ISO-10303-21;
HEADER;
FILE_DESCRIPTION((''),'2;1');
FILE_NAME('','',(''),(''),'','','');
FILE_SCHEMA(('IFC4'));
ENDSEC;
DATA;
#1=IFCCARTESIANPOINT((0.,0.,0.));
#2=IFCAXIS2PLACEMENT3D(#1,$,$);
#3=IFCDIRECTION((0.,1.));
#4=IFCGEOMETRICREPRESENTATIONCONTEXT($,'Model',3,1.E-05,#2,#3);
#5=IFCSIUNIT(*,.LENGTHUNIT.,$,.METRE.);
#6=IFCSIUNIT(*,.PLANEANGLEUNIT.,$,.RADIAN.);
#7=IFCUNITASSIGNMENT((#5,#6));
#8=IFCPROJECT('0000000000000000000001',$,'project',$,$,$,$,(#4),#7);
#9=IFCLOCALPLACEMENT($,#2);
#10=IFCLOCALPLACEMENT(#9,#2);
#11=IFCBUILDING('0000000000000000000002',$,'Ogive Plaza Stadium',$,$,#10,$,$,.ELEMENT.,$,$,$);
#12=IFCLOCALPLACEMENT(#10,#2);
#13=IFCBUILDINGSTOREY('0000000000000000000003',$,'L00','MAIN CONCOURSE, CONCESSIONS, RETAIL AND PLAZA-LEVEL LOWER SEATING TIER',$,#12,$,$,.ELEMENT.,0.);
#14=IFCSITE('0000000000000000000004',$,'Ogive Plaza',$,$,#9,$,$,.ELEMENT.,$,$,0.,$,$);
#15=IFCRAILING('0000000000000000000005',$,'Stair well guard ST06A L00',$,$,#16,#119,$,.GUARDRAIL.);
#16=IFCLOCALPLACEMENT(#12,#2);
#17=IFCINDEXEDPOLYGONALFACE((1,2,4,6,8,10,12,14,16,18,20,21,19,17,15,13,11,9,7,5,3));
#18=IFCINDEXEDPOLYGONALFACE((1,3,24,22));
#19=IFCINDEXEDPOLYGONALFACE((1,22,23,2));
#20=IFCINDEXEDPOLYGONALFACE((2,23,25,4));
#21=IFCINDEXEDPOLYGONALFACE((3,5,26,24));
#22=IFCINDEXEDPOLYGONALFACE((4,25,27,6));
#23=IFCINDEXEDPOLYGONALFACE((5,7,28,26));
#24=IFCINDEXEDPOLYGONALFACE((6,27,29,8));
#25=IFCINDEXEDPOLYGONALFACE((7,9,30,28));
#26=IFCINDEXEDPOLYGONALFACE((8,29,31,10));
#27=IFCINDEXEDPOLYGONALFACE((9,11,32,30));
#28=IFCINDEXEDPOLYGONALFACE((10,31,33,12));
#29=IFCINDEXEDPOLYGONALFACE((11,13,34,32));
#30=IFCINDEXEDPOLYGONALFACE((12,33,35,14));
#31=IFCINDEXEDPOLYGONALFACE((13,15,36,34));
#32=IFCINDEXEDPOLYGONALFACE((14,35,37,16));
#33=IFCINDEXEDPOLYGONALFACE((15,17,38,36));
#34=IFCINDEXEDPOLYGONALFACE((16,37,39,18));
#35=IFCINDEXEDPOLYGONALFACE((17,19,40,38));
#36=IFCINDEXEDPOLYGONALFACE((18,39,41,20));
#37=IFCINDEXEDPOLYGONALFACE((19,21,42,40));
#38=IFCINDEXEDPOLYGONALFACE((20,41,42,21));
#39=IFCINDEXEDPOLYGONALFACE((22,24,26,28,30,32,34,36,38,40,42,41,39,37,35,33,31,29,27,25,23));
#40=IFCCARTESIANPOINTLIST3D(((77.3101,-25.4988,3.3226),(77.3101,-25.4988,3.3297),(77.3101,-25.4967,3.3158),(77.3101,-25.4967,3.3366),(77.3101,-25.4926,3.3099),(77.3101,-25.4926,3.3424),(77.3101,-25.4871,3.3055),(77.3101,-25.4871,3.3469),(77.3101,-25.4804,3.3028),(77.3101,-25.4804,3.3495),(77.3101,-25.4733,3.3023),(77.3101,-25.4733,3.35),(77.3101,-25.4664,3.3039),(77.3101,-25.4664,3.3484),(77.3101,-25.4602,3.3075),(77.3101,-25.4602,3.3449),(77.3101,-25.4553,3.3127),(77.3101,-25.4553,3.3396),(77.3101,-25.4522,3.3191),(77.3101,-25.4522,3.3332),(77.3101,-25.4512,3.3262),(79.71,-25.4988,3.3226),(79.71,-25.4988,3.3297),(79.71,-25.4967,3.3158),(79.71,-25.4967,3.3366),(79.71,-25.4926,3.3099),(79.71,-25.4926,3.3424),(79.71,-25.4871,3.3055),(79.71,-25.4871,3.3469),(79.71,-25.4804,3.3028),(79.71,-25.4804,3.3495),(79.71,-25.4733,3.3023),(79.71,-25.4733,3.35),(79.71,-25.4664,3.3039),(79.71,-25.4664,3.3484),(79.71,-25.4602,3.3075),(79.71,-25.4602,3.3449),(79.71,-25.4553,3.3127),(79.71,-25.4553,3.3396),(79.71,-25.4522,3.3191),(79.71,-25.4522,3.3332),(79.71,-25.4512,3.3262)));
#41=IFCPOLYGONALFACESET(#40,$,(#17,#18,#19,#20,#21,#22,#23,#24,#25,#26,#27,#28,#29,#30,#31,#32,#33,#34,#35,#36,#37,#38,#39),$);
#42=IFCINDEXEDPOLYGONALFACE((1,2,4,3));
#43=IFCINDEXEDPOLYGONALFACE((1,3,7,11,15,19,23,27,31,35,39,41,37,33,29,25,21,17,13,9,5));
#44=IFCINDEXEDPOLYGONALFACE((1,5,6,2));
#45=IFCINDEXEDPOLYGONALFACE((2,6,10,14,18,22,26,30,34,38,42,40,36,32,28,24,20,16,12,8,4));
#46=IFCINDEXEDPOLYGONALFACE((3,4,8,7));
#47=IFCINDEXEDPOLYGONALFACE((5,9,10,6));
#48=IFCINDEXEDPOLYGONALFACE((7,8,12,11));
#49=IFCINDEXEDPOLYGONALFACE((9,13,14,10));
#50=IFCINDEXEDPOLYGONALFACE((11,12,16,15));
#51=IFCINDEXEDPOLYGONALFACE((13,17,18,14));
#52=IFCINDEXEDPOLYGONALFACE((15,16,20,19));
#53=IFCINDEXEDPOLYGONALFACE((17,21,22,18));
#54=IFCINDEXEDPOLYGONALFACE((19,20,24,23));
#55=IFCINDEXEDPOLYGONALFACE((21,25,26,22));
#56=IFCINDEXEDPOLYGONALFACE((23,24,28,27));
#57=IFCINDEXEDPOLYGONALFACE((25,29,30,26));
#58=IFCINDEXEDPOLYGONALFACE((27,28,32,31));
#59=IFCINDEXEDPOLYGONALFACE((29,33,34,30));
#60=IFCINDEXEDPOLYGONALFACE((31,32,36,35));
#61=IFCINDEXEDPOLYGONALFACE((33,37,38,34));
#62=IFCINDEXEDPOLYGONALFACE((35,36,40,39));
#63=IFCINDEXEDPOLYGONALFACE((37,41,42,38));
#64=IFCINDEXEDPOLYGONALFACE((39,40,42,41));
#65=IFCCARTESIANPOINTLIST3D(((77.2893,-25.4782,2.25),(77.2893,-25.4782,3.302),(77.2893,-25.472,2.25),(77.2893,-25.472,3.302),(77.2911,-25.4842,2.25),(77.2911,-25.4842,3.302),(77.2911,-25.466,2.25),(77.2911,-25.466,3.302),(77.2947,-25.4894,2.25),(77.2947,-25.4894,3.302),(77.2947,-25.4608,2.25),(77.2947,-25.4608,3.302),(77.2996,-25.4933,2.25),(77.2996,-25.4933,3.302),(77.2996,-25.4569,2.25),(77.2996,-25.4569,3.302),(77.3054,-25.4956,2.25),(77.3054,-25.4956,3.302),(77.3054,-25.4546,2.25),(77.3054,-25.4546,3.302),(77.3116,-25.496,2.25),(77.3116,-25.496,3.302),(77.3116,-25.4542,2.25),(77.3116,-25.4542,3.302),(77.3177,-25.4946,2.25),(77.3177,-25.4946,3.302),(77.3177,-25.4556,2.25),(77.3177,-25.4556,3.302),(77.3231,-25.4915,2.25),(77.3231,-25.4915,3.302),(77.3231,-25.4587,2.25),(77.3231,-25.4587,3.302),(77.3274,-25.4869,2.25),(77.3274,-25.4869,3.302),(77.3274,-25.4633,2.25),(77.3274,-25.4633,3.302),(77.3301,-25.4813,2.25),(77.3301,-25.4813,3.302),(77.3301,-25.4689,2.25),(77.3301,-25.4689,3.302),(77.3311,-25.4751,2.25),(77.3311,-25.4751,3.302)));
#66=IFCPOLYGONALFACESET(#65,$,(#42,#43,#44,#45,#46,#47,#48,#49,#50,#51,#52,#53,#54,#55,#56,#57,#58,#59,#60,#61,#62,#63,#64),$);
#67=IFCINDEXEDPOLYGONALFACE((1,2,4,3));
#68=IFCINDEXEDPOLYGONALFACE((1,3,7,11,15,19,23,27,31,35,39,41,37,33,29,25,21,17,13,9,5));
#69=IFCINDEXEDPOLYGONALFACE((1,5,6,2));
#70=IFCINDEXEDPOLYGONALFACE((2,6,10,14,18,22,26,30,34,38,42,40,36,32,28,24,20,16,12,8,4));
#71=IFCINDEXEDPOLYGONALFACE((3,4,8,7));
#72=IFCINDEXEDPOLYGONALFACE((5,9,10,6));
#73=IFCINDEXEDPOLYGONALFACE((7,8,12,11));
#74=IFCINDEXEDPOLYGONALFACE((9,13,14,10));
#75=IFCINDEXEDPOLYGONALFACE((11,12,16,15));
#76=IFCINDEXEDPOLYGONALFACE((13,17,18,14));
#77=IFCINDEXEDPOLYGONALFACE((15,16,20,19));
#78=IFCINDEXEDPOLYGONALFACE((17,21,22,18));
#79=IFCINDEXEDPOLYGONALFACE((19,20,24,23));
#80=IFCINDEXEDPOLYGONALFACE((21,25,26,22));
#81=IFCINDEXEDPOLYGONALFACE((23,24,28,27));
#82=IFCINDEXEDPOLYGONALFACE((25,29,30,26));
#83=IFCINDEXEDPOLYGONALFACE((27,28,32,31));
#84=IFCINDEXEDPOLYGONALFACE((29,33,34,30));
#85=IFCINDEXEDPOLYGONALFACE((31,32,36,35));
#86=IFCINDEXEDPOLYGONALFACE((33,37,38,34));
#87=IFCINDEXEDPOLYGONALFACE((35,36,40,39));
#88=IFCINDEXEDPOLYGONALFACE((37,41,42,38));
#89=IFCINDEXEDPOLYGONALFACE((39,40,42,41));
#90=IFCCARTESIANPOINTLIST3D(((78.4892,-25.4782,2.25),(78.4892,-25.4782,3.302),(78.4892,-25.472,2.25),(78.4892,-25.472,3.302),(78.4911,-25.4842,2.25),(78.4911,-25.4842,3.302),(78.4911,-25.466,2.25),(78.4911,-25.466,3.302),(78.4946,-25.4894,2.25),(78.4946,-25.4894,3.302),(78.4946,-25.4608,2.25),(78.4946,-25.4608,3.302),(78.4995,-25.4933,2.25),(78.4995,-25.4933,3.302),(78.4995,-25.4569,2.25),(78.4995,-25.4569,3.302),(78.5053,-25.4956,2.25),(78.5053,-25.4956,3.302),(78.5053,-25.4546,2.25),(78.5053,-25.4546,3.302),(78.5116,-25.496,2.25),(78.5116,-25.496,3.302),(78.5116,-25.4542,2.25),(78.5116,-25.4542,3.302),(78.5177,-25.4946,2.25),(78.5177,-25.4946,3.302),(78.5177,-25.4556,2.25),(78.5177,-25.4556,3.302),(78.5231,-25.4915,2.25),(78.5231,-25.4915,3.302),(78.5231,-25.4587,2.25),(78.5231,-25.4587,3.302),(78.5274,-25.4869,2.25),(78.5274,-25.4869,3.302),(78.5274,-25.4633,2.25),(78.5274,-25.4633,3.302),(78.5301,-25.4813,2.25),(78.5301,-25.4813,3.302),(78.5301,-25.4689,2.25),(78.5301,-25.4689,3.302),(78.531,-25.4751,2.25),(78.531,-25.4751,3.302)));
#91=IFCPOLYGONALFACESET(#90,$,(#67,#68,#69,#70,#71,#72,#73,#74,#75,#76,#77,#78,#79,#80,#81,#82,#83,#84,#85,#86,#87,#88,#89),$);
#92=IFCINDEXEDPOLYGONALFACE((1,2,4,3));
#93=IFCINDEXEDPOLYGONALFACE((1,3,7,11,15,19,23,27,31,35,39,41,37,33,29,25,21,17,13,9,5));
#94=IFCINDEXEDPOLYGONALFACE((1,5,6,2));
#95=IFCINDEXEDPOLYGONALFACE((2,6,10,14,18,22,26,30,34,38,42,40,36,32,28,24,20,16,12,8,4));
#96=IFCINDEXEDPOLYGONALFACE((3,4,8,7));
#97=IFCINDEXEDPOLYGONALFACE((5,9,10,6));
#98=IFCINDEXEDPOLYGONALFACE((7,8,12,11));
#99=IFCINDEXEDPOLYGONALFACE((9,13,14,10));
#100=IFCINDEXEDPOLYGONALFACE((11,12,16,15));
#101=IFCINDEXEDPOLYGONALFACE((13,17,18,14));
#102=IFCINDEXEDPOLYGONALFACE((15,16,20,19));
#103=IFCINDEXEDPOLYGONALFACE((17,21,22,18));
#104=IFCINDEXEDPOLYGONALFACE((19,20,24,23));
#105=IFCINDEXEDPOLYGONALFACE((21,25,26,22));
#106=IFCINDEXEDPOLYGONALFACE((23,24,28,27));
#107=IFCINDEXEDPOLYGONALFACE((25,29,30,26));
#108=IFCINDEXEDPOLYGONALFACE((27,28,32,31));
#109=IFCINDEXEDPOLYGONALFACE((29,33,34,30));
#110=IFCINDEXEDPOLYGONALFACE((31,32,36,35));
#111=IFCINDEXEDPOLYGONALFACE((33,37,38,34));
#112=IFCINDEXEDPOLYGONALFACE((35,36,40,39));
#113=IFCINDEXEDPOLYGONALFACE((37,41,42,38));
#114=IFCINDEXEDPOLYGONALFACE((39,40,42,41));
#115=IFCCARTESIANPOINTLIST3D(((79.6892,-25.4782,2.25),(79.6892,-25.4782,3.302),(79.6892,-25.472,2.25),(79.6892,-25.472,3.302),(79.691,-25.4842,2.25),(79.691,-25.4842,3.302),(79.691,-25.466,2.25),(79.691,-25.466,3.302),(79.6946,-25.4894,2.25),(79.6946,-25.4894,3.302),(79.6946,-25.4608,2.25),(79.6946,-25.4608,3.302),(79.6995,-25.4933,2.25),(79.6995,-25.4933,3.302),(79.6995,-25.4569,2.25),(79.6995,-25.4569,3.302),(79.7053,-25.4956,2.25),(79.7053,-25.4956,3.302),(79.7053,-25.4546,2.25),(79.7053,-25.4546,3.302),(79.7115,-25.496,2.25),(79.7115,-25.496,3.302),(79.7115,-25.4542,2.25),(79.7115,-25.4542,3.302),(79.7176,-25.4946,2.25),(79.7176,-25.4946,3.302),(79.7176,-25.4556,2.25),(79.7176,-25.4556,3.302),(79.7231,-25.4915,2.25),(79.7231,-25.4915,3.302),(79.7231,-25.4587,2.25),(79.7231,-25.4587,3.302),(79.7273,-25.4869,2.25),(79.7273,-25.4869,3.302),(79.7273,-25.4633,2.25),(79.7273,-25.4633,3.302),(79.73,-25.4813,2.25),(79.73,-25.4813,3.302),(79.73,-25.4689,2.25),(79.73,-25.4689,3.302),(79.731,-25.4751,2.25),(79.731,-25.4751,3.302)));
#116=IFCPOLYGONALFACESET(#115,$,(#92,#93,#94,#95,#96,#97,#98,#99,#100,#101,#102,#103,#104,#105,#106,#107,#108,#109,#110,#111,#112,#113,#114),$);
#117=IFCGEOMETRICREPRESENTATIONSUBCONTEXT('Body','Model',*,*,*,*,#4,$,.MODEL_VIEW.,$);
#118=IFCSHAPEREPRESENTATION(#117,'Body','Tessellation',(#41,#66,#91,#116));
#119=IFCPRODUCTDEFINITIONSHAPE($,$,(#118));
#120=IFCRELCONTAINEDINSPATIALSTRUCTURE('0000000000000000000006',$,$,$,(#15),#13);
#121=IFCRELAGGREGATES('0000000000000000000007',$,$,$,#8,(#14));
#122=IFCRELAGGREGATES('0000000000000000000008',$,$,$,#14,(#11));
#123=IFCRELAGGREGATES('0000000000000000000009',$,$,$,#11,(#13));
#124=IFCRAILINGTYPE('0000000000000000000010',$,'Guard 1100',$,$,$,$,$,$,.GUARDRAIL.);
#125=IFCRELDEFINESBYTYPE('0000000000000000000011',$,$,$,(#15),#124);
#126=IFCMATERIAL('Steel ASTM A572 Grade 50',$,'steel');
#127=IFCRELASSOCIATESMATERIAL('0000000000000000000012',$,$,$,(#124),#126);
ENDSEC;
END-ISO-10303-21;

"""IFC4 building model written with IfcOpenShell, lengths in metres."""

from ifc_helpers import new_model, si_unit, direction, frame, origin, origin_2d, place, context, subcontext, project, spatial, circle, extrude, material, type_object, element, save


model = new_model("IFC4")

# Units and contexts
model_context = context("Model", 3, precision=1e-05, world=origin(), true_north=direction((0.0, 1.0)))
body_context = subcontext(model_context, "Body", "Model", "MODEL_VIEW")
ifc_project = project(units=[si_unit("LENGTHUNIT", "METRE"), si_unit("PLANEANGLEUNIT", "RADIAN")], contexts=[model_context])

# Site, building, storey
site_placement = place(None, origin())
site = spatial("IfcSite", under=ifc_project, at=site_placement, Name="Ogive Plaza", CompositionType="ELEMENT", RefElevation=0.0)
building_placement = place(site_placement, origin())
building = spatial("IfcBuilding", under=site, at=building_placement, Name="Ogive Plaza Stadium", CompositionType="ELEMENT")
storey_placement = place(building_placement, origin())
storey = spatial("IfcBuildingStorey", under=building, at=storey_placement, Name="L00", Description="MAIN CONCOURSE, CONCESSIONS, RETAIL AND PLAZA-LEVEL LOWER SEATING TIER", CompositionType="ELEMENT", Elevation=0.0)

# Railing
ifc_material_1 = material(Name="Steel ASTM A572 Grade 50", Category="steel")
railing_type_1 = type_object("IfcRailingType", Name="Guard 1100", PredefinedType="GUARDRAIL", material=ifc_material_1)
for number, where, name in (
    (1, (77.3101, -25.4751, 2.25), "Stair well guard ST06A L00"),
):
    element("IfcRailing", number, at=place(storey_placement, frame(where)), inside=storey, type_object=railing_type_1, Name=name, PredefinedType="GUARDRAIL", context=body_context, shape_type="SweptSolid", body=[
        extrude(circle(Radius=0.0239, at=origin_2d()), frame((0.0, 0.0, 1.0762), z_axis=(1.0, 0.0, 0.0), x_axis=(0.0, 1.0, 0.0)), (0.0, 0.0, 1.0), 2.3999),
        extrude(circle(Radius=0.021, at=origin_2d()), origin(), (0.0, 0.0, 1.0), 1.052),
        extrude(circle(Radius=0.021, at=origin_2d()), frame((1.2, 0.0, 0.0)), (0.0, 0.0, 1.0), 1.052),
        extrude(circle(Radius=0.021, at=origin_2d()), frame((2.3999, 0.0, 0.0)), (0.0, 0.0, 1.0), 1.052),
    ])

save(model, "model.ifc")
